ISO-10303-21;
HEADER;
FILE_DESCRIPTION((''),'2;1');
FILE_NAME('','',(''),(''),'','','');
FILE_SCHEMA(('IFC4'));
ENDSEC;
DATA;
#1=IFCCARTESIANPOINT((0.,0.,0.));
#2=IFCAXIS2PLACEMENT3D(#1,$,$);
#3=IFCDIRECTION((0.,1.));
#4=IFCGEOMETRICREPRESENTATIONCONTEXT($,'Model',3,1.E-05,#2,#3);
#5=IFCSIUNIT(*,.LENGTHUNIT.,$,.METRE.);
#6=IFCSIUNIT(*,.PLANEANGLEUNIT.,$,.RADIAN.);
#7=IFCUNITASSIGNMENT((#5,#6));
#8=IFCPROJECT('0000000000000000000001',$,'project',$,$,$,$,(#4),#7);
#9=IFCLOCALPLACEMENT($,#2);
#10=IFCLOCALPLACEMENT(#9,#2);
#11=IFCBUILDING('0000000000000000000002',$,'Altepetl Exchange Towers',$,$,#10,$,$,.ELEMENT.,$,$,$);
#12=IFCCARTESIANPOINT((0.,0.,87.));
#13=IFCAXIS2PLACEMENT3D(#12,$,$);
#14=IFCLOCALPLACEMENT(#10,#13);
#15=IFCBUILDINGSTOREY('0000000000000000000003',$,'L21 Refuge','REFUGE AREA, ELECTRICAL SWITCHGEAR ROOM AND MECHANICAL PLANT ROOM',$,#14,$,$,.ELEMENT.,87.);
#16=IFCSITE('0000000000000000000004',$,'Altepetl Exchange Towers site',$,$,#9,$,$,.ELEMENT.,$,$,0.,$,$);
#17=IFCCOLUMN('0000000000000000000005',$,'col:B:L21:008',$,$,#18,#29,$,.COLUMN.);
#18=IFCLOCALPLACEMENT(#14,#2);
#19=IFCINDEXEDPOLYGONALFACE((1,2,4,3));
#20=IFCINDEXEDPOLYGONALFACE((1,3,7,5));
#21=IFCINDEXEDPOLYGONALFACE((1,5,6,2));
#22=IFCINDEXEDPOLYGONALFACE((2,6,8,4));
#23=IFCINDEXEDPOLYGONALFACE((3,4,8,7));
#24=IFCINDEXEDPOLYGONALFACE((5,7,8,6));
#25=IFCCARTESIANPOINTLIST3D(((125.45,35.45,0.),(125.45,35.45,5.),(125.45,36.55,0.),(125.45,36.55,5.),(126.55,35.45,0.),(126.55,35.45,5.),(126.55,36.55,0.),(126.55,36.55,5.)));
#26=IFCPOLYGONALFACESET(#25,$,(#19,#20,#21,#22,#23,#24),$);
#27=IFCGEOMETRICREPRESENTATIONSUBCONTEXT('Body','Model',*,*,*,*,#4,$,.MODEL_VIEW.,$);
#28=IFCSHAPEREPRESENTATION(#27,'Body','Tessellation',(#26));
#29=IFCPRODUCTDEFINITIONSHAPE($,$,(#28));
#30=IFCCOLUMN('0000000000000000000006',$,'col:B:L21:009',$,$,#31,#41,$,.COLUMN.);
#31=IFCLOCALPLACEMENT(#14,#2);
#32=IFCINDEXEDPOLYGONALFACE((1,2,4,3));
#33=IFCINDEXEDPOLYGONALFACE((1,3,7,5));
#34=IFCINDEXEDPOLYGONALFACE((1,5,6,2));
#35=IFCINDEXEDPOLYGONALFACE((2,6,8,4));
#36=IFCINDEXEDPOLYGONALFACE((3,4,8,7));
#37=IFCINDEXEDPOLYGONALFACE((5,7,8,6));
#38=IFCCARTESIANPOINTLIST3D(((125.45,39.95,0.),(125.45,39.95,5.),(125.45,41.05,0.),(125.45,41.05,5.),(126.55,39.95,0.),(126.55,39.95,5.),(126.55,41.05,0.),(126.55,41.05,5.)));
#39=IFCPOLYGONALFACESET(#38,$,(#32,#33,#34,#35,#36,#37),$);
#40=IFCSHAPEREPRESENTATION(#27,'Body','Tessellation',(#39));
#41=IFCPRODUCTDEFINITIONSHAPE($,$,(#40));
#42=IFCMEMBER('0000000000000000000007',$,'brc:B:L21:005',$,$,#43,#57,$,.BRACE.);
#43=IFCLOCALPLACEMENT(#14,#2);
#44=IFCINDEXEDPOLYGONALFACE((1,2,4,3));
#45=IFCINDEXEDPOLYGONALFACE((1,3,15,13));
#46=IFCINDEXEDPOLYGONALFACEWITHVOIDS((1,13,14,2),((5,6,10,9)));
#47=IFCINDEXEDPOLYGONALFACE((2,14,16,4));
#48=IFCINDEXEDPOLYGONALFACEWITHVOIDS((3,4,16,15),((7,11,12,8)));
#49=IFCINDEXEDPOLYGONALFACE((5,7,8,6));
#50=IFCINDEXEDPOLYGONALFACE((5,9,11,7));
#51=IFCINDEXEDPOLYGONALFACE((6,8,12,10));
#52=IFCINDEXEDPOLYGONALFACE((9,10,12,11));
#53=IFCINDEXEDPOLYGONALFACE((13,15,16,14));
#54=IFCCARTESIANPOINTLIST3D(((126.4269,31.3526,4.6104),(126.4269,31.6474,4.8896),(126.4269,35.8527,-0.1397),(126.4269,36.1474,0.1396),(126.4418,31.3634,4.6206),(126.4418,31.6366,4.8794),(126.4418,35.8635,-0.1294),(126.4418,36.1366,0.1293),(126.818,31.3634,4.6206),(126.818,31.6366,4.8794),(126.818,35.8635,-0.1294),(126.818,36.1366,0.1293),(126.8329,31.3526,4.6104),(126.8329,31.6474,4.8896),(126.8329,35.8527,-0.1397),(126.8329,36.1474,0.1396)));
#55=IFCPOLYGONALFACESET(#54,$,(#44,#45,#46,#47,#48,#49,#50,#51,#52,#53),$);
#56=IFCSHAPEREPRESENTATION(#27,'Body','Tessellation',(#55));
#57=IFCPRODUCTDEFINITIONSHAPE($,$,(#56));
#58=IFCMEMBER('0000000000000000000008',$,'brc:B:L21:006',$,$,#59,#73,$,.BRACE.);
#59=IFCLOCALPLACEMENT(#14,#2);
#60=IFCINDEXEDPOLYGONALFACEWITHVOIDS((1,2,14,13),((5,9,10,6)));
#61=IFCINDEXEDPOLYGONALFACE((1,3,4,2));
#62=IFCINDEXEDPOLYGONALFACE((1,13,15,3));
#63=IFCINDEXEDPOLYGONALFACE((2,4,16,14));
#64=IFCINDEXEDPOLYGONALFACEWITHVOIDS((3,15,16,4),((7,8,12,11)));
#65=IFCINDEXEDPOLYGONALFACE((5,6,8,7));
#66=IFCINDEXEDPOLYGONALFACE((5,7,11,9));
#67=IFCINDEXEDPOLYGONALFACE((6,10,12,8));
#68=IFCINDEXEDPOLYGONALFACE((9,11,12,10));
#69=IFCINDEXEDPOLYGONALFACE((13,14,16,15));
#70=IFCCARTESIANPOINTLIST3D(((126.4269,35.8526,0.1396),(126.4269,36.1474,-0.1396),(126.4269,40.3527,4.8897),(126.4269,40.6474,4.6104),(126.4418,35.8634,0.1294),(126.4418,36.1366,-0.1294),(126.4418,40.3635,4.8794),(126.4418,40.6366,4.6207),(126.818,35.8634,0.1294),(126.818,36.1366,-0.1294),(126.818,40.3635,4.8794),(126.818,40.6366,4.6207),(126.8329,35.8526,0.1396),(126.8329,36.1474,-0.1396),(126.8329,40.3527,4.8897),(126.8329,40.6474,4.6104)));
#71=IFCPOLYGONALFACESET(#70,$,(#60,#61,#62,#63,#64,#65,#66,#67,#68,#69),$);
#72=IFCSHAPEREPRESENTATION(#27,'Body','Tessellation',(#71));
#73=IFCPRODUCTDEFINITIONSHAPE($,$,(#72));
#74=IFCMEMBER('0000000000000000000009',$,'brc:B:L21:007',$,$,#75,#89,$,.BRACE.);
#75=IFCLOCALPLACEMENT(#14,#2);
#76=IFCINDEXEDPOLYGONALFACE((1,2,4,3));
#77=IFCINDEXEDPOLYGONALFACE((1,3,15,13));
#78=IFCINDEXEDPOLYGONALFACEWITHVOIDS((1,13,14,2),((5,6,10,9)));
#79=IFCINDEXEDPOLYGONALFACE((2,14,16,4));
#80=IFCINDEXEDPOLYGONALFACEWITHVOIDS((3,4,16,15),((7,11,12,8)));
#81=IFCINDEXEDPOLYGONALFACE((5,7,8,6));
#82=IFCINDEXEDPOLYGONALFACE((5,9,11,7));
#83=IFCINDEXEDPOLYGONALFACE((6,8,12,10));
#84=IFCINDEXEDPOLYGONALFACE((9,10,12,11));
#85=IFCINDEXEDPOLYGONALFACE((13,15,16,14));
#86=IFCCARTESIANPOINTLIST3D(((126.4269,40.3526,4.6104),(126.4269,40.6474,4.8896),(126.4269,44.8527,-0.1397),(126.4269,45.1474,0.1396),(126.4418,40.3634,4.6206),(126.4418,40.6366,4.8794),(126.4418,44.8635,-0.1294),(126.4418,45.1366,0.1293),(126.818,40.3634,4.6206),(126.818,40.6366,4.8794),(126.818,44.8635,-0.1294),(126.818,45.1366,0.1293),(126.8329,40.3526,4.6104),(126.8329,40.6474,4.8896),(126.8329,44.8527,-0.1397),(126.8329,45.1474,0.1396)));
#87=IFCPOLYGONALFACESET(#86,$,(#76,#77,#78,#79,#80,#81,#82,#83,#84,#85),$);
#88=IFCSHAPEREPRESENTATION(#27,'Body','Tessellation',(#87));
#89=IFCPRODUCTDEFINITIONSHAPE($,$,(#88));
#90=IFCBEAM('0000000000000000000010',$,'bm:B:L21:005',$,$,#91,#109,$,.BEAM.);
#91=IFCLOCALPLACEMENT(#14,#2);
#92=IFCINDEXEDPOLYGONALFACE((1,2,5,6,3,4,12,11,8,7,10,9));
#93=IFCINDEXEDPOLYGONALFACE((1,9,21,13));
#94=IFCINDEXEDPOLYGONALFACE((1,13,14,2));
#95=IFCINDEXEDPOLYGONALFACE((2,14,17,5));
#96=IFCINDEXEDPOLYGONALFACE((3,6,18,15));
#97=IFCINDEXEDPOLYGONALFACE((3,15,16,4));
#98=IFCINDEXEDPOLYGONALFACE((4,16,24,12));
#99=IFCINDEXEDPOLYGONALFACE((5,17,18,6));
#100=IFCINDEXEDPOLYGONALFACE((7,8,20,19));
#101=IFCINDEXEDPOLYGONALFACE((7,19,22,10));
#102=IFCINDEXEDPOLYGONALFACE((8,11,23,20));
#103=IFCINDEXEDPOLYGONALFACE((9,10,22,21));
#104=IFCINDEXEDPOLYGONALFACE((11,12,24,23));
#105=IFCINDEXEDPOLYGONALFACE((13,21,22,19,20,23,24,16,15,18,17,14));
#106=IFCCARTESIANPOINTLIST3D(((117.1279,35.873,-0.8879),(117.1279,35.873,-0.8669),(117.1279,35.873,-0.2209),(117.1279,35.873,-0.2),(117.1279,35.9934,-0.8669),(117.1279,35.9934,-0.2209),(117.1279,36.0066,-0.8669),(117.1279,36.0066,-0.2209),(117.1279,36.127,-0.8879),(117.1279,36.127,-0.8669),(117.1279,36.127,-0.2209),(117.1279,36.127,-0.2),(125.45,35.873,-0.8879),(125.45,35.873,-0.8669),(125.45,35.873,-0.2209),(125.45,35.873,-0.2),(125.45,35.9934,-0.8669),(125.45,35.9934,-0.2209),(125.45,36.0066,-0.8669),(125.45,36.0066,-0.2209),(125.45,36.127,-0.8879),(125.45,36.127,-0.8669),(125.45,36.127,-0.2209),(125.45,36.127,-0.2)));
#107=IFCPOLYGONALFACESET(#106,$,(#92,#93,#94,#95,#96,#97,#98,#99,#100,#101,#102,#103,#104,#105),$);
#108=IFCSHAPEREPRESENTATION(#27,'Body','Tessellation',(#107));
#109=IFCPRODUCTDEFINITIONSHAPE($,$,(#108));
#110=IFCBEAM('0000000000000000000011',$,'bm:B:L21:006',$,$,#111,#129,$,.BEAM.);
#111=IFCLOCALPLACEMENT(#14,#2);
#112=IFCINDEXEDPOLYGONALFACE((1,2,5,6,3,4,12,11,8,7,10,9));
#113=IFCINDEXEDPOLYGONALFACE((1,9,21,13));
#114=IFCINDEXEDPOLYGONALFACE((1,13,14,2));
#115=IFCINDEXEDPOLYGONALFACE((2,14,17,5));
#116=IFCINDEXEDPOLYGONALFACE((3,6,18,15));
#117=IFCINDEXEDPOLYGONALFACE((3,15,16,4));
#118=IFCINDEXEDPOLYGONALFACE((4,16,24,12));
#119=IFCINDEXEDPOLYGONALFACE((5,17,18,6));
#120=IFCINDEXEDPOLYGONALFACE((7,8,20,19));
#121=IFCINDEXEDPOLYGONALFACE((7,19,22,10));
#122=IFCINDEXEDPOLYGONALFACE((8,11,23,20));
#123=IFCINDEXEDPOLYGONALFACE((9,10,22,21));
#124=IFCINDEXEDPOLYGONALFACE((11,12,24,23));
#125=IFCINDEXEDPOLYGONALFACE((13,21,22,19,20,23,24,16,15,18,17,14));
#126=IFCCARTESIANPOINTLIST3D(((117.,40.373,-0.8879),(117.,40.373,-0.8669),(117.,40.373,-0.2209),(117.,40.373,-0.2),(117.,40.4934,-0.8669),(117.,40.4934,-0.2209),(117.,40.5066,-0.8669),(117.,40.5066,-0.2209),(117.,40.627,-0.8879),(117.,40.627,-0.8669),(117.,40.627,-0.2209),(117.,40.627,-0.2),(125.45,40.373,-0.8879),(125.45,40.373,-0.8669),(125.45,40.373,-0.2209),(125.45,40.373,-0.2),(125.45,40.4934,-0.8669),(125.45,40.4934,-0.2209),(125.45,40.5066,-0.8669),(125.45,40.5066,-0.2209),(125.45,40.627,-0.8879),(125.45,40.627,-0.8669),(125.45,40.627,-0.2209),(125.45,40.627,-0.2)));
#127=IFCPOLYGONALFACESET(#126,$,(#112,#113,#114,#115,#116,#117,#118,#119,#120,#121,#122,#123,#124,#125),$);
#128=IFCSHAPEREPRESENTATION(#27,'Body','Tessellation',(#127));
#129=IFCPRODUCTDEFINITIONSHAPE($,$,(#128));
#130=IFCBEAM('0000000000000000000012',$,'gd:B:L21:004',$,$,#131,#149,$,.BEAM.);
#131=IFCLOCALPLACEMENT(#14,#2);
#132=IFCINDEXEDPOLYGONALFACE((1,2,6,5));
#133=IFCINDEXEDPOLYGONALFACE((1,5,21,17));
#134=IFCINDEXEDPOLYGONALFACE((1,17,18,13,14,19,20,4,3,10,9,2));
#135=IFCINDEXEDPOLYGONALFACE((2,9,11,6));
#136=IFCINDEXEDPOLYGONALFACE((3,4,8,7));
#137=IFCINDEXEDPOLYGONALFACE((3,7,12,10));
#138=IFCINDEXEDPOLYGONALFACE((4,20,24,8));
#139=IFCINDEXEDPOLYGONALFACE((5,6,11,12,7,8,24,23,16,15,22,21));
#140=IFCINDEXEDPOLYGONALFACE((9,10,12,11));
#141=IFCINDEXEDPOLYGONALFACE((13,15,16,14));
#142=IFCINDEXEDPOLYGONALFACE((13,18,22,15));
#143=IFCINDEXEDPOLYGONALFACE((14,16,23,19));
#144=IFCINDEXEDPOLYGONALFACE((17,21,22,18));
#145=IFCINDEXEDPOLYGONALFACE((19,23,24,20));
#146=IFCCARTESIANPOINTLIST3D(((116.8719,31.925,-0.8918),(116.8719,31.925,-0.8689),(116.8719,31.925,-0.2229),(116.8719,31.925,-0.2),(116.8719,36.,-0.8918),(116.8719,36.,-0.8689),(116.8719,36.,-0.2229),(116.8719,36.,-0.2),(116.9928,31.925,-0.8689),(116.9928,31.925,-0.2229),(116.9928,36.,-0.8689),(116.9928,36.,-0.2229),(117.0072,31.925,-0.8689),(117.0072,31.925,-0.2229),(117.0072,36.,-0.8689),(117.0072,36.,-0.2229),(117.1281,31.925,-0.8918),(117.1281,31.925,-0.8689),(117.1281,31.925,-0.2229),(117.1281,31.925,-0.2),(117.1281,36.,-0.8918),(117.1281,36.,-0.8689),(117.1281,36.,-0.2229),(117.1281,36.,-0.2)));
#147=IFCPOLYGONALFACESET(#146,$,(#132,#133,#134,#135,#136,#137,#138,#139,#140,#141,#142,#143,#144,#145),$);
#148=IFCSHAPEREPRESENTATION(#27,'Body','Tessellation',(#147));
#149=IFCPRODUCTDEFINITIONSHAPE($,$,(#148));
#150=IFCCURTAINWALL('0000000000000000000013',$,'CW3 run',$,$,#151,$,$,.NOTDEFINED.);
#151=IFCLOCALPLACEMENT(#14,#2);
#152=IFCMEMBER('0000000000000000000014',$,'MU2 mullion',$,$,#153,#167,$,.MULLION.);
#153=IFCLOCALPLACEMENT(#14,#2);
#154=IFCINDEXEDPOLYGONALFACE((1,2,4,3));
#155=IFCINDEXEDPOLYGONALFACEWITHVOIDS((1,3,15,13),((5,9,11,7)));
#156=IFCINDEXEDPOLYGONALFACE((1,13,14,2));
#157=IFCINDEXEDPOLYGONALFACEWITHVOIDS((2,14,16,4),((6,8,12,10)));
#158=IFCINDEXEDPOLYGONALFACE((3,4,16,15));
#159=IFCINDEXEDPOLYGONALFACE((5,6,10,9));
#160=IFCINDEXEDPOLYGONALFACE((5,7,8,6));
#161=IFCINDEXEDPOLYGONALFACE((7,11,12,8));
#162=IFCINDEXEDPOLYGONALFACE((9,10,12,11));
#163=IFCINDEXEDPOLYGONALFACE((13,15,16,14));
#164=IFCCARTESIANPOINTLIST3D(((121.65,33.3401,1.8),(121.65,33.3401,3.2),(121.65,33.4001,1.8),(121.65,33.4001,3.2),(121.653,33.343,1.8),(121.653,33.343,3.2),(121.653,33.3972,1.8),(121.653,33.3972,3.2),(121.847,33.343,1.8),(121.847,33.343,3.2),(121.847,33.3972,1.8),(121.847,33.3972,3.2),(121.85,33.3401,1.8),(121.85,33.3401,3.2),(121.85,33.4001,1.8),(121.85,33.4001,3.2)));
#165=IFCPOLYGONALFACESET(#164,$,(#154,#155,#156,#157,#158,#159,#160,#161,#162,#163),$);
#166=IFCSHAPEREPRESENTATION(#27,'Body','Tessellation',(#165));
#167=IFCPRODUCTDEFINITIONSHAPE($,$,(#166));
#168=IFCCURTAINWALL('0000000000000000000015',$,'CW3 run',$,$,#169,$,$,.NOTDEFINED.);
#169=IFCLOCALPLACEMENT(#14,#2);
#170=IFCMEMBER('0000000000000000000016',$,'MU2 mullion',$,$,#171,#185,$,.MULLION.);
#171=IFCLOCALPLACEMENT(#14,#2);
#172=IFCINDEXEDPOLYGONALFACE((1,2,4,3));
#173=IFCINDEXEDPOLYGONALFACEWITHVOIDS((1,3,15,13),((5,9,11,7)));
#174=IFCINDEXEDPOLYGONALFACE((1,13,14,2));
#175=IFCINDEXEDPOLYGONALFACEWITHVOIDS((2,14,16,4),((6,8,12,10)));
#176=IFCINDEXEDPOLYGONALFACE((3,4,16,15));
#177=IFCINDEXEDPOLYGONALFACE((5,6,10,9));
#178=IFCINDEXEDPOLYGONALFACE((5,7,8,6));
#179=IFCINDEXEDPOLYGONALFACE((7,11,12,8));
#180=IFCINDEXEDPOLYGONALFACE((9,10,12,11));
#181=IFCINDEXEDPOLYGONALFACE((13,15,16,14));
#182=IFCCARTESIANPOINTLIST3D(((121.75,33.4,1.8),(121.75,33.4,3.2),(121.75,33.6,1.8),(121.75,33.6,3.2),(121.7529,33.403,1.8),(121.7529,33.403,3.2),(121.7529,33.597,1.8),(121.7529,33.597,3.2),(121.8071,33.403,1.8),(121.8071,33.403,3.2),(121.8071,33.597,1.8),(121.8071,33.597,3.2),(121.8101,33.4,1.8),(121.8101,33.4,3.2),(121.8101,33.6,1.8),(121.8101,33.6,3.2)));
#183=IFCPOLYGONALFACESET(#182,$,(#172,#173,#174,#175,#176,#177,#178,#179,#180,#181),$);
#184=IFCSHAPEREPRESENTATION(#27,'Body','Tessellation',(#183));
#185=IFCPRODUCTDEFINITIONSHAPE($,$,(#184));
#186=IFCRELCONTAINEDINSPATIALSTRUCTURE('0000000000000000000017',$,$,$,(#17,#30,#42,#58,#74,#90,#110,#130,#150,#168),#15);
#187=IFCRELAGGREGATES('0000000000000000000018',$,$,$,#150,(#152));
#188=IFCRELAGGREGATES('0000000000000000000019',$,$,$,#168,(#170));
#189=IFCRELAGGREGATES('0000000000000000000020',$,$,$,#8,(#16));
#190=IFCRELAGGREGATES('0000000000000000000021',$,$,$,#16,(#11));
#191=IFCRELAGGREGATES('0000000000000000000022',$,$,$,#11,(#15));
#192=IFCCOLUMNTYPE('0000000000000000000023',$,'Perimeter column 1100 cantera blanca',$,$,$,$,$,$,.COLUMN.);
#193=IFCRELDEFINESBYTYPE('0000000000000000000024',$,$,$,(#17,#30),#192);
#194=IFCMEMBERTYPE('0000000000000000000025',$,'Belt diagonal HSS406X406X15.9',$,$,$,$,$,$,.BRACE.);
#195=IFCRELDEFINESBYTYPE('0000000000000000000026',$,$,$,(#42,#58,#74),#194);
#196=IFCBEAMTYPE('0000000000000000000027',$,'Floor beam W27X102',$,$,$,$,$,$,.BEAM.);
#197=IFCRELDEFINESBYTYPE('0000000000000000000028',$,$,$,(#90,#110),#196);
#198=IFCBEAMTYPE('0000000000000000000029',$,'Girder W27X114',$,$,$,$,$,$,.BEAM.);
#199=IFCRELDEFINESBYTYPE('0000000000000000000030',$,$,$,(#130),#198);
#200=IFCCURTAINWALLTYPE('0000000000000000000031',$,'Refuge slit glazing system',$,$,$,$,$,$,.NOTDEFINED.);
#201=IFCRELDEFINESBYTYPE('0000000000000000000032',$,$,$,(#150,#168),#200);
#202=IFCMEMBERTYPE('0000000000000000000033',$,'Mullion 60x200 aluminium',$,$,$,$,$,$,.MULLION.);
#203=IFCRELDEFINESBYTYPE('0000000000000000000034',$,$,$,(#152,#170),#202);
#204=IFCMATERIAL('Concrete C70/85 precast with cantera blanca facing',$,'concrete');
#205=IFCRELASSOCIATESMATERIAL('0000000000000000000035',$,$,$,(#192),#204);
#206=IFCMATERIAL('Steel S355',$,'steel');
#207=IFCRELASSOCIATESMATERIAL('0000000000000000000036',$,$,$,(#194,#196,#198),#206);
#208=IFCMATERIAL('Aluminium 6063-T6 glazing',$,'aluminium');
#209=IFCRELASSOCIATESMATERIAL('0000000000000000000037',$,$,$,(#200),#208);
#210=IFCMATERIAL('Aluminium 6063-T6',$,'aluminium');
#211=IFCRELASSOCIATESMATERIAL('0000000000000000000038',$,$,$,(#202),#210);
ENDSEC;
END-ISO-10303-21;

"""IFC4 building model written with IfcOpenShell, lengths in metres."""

from ifc_helpers import new_model, si_unit, direction, frame, origin, origin_2d, place, context, subcontext, project, spatial, rectangle, hollow_rectangle, i_section, extrude, material, material_profile, profile_set, type_object, element, aggregate, save


model = new_model("IFC4")

# Units and contexts
model_context = context("Model", 3, precision=1e-05, world=origin(), true_north=direction((0.0, 1.0)))
body_context = subcontext(model_context, "Body", "Model", "MODEL_VIEW")
ifc_project = project(units=[si_unit("LENGTHUNIT", "METRE"), si_unit("PLANEANGLEUNIT", "RADIAN")], contexts=[model_context])

# Site, building, storey
site_placement = place(None, origin())
site = spatial("IfcSite", under=ifc_project, at=site_placement, Name="Altepetl Exchange Towers site", CompositionType="ELEMENT", RefElevation=0.0)
building_placement = place(site_placement, origin())
building = spatial("IfcBuilding", under=site, at=building_placement, Name="Altepetl Exchange Towers", CompositionType="ELEMENT")
storey_placement = place(building_placement, frame((0.0, 0.0, 87.0)))
storey = spatial("IfcBuildingStorey", under=building, at=storey_placement, Name="L21 Refuge", Description="REFUGE AREA, ELECTRICAL SWITCHGEAR ROOM AND MECHANICAL PLANT ROOM", CompositionType="ELEMENT", Elevation=87.0)

# Columns
ifc_material_1 = material(Name="Concrete C70/85 precast with cantera blanca facing", Category="concrete")
ifc_material_profile_1 = material_profile(ifc_material_1, rectangle(XDim=1.1001, YDim=1.1001, at=origin_2d()), Name="1100 x 1100")
ifc_profile_set_1 = profile_set([ifc_material_profile_1], Name="Concrete C70/85 precast with cantera blanca facing")
column_type = type_object("IfcColumnType", Name="Perimeter column 1100 cantera blanca", PredefinedType="COLUMN", material=ifc_profile_set_1)
for number, where, name in (
    (1, (126.0, 36.0, 0.0), "col:B:L21:008"),
    (2, (126.0, 40.5, 0.0), "col:B:L21:009"),
):
    element("IfcColumn", number, at=place(storey_placement, frame(where)), inside=storey, type_object=column_type, Name=name, PredefinedType="COLUMN", context=body_context, shape_type="SweptSolid", body=[
        extrude(rectangle(XDim=1.1001, YDim=1.1001, at=origin_2d()), origin(), (0.0, 0.0, 1.0), 5.0),
    ])

# Members
ifc_material_2 = material(Name="Steel S355", Category="steel")
ifc_material_profile_2 = material_profile(ifc_material_2, hollow_rectangle(XDim=0.406, YDim=0.406, WallThickness=0.0149, at=origin_2d()), Name="HSS406X406X15.9")
ifc_profile_set_2 = profile_set([ifc_material_profile_2], Name="Steel S355")
member_type_1 = type_object("IfcMemberType", Name="Belt diagonal HSS406X406X15.9", PredefinedType="BRACE", material=ifc_profile_set_2)
for number, where, z_axis, x_axis, name in (
    (3, (126.6299, 31.5, 4.75), (0.0, 0.687745, -0.725953), (-1.0, 0.0, 0.0), "brc:B:L21:005"),
    (4, (126.6299, 36.0, 0.0), (0.0, 0.687745, 0.725953), (-1.0, 0.0, 0.0), "brc:B:L21:006"),
    (5, (126.6299, 40.5, 4.75), (0.0, 0.687745, -0.725953), (-1.0, 0.0, 0.0), "brc:B:L21:007"),
):
    element("IfcMember", number, at=place(storey_placement, frame(where, z_axis=z_axis, x_axis=x_axis)), inside=storey, type_object=member_type_1, Name=name, PredefinedType="BRACE", context=body_context, shape_type="SweptSolid", body=[
        extrude(hollow_rectangle(XDim=0.406, YDim=0.406, WallThickness=0.0149, at=origin_2d()), origin(), (0.0, 0.0, 1.0), 6.5432),
    ])

# Beams
ifc_material_profile_3 = material_profile(ifc_material_2, i_section(OverallWidth=0.2539, OverallDepth=0.688, WebThickness=0.0132, FlangeThickness=0.021, at=origin_2d()), Name="W27X102")
ifc_profile_set_3 = profile_set([ifc_material_profile_3], Name="Steel S355")
beam_type_1 = type_object("IfcBeamType", Name="Floor beam W27X102", PredefinedType="BEAM", material=ifc_profile_set_3)
beam_1_placement = place(storey_placement, frame((117.1279, 36.0, -0.5439), z_axis=(1.0, 0.0, 0.0), x_axis=(0.0, 1.0, 0.0)))
element("IfcBeam", 6, at=beam_1_placement, inside=storey, type_object=beam_type_1, Name="bm:B:L21:005", PredefinedType="BEAM", context=body_context, shape_type="SweptSolid", body=[
    extrude(i_section(OverallWidth=0.2539, OverallDepth=0.688, WebThickness=0.0132, FlangeThickness=0.021, at=origin_2d()), origin(), (0.0, 0.0, 1.0), 8.322),
])
beam_2_placement = place(storey_placement, frame((117.0, 40.5, -0.5439), z_axis=(1.0, 0.0, 0.0), x_axis=(0.0, 1.0, 0.0)))
element("IfcBeam", 7, at=beam_2_placement, inside=storey, type_object=beam_type_1, Name="bm:B:L21:006", PredefinedType="BEAM", context=body_context, shape_type="SweptSolid", body=[
    extrude(i_section(OverallWidth=0.2539, OverallDepth=0.688, WebThickness=0.0132, FlangeThickness=0.021, at=origin_2d()), origin(), (0.0, 0.0, 1.0), 8.45),
])
ifc_material_profile_4 = material_profile(ifc_material_2, i_section(OverallWidth=0.2561, OverallDepth=0.6919, WebThickness=0.0144, FlangeThickness=0.0229, at=origin_2d()), Name="W27X114")
ifc_profile_set_4 = profile_set([ifc_material_profile_4], Name="Steel S355")
beam_type_2 = type_object("IfcBeamType", Name="Girder W27X114", PredefinedType="BEAM", material=ifc_profile_set_4)
beam_3_placement = place(storey_placement, frame((117.0, 36.0, -0.5459), z_axis=(0.0, -1.0, 0.0), x_axis=(1.0, 0.0, 0.0)))
element("IfcBeam", 8, at=beam_3_placement, inside=storey, type_object=beam_type_2, Name="gd:B:L21:004", PredefinedType="BEAM", context=body_context, shape_type="SweptSolid", body=[
    extrude(i_section(OverallWidth=0.2561, OverallDepth=0.6919, WebThickness=0.0144, FlangeThickness=0.0229, at=origin_2d()), origin(), (0.0, 0.0, 1.0), 4.075),
])

# Curtain wall, member
ifc_material_3 = material(Name="Aluminium 6063-T6 glazing", Category="aluminium")
curtain_wall_type = type_object("IfcCurtainWallType", Name="Refuge slit glazing system", PredefinedType="NOTDEFINED", material=ifc_material_3)
curtain_wall_1_placement = place(storey_placement, origin())
curtain_wall_1 = element("IfcCurtainWall", 9, at=curtain_wall_1_placement, inside=storey, type_object=curtain_wall_type, Name="CW3 run", PredefinedType="NOTDEFINED")
ifc_material_4 = material(Name="Aluminium 6063-T6", Category="aluminium")
ifc_material_profile_5 = material_profile(ifc_material_4, hollow_rectangle(XDim=0.0601, YDim=0.2, WallThickness=0.0029, at=origin_2d()), Name="Mullion 60x200 aluminium")
ifc_profile_set_5 = profile_set([ifc_material_profile_5], Name="Aluminium 6063-T6")
member_type_2 = type_object("IfcMemberType", Name="Mullion 60x200 aluminium", PredefinedType="MULLION", material=ifc_profile_set_5)
member_1_placement = place(storey_placement, frame((121.75, 33.3701, 1.8), z_axis=(0.0, 0.0, 1.0), x_axis=(0.0, 1.0, 0.0)))
member_1 = element("IfcMember", 10, at=member_1_placement, type_object=member_type_2, Name="MU2 mullion", PredefinedType="MULLION", context=body_context, shape_type="SweptSolid", body=[
    extrude(hollow_rectangle(XDim=0.0601, YDim=0.2, WallThickness=0.0029, at=origin_2d()), origin(), (0.0, 0.0, 1.0), 1.3999),
])

# Curtain wall, member
curtain_wall_2_placement = place(storey_placement, origin())
curtain_wall_2 = element("IfcCurtainWall", 11, at=curtain_wall_2_placement, inside=storey, type_object=curtain_wall_type, Name="CW3 run", PredefinedType="NOTDEFINED")
member_2_placement = place(storey_placement, frame((121.78, 33.5, 1.8)))
member_2 = element("IfcMember", 12, at=member_2_placement, type_object=member_type_2, Name="MU2 mullion", PredefinedType="MULLION", context=body_context, shape_type="SweptSolid", body=[
    extrude(hollow_rectangle(XDim=0.0601, YDim=0.2, WallThickness=0.0029, at=origin_2d()), origin(), (0.0, 0.0, 1.0), 1.3999),
])

aggregate(curtain_wall_1, [member_1])
aggregate(curtain_wall_2, [member_2])

save(model, "model.ifc")
